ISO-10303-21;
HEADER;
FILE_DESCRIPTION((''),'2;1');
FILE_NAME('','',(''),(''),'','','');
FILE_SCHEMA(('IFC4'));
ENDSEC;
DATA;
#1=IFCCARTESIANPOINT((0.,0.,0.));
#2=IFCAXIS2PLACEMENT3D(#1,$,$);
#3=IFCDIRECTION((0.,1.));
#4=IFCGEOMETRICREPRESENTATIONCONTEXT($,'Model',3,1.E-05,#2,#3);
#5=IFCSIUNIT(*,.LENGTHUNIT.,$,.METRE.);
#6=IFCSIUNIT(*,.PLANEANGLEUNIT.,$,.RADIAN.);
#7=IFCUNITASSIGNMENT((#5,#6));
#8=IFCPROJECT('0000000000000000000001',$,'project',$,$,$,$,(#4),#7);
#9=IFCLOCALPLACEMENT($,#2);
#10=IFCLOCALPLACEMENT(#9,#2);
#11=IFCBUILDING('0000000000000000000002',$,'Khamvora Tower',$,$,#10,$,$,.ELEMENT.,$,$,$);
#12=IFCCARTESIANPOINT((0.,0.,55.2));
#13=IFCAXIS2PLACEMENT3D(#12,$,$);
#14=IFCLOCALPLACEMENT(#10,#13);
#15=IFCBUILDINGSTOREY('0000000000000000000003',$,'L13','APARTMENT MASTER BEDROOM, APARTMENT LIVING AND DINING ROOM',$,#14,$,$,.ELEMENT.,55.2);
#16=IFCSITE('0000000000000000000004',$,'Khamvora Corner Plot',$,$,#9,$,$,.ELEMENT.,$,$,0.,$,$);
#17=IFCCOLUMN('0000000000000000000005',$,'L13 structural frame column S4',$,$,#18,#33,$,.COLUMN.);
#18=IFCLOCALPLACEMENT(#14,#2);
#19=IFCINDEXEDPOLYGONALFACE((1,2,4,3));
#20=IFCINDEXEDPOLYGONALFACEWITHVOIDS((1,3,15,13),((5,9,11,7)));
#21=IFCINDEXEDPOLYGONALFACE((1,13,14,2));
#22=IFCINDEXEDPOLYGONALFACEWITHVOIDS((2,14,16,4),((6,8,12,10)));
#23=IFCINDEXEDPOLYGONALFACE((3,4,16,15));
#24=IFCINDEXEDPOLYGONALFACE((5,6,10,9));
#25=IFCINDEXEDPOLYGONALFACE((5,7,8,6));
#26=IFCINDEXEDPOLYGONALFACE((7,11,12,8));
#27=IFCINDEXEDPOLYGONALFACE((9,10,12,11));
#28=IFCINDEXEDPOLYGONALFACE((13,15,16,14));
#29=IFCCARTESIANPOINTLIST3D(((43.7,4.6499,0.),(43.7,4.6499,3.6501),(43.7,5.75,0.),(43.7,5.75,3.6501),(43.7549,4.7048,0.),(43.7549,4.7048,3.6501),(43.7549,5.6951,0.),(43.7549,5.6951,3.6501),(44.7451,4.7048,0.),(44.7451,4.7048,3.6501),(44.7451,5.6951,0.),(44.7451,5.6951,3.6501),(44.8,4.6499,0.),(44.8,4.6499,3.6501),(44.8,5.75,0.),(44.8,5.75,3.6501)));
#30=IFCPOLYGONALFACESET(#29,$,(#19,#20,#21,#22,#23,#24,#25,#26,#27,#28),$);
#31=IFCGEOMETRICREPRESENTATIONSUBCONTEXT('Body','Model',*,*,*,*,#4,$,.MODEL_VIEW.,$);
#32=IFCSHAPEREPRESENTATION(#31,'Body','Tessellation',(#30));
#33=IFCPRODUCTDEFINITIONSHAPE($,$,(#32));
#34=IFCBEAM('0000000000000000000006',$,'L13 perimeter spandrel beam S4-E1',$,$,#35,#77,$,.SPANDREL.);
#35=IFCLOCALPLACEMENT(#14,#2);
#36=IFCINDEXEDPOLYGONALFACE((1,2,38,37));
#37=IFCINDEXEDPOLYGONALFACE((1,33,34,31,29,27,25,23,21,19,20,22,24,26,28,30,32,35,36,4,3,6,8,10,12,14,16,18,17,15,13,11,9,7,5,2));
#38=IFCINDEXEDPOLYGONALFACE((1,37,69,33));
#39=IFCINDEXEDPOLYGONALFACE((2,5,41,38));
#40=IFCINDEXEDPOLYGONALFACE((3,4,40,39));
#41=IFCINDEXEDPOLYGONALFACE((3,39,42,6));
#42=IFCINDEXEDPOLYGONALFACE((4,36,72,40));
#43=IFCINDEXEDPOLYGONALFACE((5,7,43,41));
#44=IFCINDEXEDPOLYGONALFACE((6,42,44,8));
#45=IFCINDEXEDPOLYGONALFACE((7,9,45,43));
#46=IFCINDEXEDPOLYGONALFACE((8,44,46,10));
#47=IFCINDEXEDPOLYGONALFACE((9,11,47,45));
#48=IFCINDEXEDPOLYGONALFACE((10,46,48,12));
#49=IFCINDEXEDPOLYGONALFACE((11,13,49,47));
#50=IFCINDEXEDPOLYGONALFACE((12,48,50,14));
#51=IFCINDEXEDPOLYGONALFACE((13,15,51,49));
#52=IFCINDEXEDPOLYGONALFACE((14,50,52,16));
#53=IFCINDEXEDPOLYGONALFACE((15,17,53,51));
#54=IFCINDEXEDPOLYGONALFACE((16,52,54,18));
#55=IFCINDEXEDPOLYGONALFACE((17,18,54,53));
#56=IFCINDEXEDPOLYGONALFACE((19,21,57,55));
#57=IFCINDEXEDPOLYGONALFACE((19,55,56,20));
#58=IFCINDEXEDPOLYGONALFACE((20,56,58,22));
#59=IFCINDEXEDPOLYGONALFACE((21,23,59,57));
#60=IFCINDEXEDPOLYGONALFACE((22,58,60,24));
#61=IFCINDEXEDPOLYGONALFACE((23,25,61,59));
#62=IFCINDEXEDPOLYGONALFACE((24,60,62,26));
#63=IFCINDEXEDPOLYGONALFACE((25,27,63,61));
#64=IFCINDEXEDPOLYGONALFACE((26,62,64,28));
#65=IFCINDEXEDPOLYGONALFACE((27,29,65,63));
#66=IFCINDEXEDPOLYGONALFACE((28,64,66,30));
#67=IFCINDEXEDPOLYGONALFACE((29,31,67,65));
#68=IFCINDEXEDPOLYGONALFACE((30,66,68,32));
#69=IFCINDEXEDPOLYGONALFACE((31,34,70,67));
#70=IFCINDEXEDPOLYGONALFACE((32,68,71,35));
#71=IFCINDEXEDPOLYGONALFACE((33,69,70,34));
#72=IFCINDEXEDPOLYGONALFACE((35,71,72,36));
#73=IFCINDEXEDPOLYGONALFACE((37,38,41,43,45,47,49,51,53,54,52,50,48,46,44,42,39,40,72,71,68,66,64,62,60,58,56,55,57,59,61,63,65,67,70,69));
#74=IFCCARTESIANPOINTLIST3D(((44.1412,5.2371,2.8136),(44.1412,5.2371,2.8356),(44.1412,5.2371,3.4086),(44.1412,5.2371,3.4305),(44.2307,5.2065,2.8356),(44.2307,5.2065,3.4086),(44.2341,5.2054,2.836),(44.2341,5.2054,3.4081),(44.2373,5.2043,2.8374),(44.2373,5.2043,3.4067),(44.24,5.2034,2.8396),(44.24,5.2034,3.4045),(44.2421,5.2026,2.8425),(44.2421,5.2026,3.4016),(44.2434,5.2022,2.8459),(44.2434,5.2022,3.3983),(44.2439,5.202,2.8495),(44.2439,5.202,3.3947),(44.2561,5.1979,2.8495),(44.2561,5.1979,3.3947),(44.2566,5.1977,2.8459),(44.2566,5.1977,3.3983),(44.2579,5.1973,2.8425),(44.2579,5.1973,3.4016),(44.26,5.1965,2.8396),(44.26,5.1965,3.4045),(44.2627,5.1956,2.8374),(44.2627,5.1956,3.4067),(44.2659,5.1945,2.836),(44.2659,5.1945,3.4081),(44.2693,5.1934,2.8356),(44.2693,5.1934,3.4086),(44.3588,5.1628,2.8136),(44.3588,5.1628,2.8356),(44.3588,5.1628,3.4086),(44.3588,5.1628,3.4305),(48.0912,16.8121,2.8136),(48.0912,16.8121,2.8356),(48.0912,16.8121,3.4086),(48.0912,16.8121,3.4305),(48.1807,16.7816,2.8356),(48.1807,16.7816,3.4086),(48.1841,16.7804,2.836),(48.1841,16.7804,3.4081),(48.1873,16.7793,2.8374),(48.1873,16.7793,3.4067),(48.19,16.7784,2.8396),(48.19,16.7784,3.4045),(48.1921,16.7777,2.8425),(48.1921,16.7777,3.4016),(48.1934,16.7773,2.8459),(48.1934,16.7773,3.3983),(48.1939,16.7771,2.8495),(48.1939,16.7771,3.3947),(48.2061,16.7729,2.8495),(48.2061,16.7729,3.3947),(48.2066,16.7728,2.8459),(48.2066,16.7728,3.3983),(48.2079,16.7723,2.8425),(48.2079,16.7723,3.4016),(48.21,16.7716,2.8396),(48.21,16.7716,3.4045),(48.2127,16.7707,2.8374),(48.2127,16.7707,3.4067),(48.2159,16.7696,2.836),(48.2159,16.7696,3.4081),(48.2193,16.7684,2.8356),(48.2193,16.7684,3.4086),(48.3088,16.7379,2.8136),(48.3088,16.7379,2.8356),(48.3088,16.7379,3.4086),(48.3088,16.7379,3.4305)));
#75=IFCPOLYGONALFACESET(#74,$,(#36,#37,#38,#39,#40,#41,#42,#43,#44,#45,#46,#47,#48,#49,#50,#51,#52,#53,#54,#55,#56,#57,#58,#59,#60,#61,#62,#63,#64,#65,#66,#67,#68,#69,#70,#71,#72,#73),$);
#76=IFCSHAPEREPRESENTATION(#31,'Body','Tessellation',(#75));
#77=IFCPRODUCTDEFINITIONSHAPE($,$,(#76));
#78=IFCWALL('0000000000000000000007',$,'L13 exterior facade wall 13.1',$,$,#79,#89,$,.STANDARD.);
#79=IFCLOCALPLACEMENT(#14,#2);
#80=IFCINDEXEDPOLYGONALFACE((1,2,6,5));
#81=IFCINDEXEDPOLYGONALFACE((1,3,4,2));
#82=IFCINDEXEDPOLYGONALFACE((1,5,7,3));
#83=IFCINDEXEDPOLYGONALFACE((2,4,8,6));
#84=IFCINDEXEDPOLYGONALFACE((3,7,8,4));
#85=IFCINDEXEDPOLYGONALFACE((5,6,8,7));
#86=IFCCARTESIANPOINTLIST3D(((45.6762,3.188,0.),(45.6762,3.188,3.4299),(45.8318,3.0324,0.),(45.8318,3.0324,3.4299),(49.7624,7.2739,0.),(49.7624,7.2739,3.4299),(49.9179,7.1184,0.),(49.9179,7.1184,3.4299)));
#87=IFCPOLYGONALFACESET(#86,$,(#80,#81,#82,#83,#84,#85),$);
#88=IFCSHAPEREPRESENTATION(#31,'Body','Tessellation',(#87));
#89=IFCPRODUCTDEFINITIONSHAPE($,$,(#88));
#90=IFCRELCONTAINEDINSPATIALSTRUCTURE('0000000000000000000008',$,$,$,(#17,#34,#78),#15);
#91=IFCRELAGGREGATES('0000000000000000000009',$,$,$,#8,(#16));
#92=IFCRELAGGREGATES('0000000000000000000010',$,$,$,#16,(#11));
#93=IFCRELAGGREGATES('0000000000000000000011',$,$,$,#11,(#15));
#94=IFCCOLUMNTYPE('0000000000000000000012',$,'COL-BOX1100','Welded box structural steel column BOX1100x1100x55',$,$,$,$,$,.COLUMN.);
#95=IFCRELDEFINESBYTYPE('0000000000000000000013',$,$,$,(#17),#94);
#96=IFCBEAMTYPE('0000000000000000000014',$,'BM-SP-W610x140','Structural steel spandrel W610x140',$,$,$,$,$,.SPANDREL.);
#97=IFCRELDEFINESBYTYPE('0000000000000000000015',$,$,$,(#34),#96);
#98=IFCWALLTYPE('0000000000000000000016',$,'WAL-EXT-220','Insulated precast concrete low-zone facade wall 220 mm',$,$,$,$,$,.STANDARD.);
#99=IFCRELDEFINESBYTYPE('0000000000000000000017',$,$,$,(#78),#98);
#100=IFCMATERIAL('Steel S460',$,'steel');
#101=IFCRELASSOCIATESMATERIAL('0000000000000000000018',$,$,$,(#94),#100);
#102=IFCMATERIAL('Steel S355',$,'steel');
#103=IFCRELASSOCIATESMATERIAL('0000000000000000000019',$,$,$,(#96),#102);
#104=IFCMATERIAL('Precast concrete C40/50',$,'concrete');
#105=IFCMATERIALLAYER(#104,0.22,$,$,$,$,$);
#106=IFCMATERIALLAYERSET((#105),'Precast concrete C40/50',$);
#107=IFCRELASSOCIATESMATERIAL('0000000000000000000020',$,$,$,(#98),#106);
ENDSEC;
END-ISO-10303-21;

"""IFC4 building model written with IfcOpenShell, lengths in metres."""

from ifc_helpers import new_model, si_unit, direction, frame, frame_2d, origin, origin_2d, place, context, subcontext, project, spatial, rectangle, hollow_rectangle, i_section, extrude, material, layer, layer_set, material_profile, profile_set, type_object, element, save


model = new_model("IFC4")

# Units and contexts
model_context = context("Model", 3, precision=1e-05, world=origin(), true_north=direction((0.0, 1.0)))
body_context = subcontext(model_context, "Body", "Model", "MODEL_VIEW")
ifc_project = project(units=[si_unit("LENGTHUNIT", "METRE"), si_unit("PLANEANGLEUNIT", "RADIAN")], contexts=[model_context])

# Site, building, storey
site_placement = place(None, origin())
site = spatial("IfcSite", under=ifc_project, at=site_placement, Name="Khamvora Corner Plot", CompositionType="ELEMENT", RefElevation=0.0)
building_placement = place(site_placement, origin())
building = spatial("IfcBuilding", under=site, at=building_placement, Name="Khamvora Tower", CompositionType="ELEMENT")
storey_placement = place(building_placement, frame((0.0, 0.0, 55.2)))
storey = spatial("IfcBuildingStorey", under=building, at=storey_placement, Name="L13", Description="APARTMENT MASTER BEDROOM, APARTMENT LIVING AND DINING ROOM", CompositionType="ELEMENT", Elevation=55.2)

# Column
ifc_material_1 = material(Name="Steel S460", Category="steel")
ifc_material_profile_1 = material_profile(ifc_material_1, hollow_rectangle(XDim=1.1001, YDim=1.1001, WallThickness=0.0549, at=origin_2d()), Name="BOX1100x1100x55")
ifc_profile_set_1 = profile_set([ifc_material_profile_1], Name="Steel S460")
column_type = type_object("IfcColumnType", Name="COL-BOX1100", Description="Welded box structural steel column BOX1100x1100x55", PredefinedType="COLUMN", material=ifc_profile_set_1)
column_placement = place(storey_placement, frame((44.25, 5.2, 0.0), z_axis=(0.0, 0.0, 1.0), x_axis=(1.0, 0.0, 0.0)))
element("IfcColumn", 1, at=column_placement, inside=storey, type_object=column_type, Name="L13 structural frame column S4", PredefinedType="COLUMN", context=body_context, shape_type="SweptSolid", body=[
    extrude(hollow_rectangle(XDim=1.1001, YDim=1.1001, WallThickness=0.0549, at=origin_2d()), origin(), (0.0, 0.0, 1.0), 3.6501),
])

# Beam
ifc_material_2 = material(Name="Steel S355", Category="steel")
ifc_material_profile_2 = material_profile(ifc_material_2, i_section(OverallWidth=0.23, OverallDepth=0.6169, WebThickness=0.0129, FlangeThickness=0.022, FilletRadius=0.0139, at=origin_2d()), Name="W610x140")
ifc_profile_set_2 = profile_set([ifc_material_profile_2], Name="Steel S355")
beam_type = type_object("IfcBeamType", Name="BM-SP-W610x140", Description="Structural steel spandrel W610x140", PredefinedType="SPANDREL", material=ifc_profile_set_2)
beam_placement = place(storey_placement, frame((44.25, 5.2, 3.1221), z_axis=(0.322963, 0.946412, 0.0), x_axis=(-0.946412, 0.322963, 0.0)))
element("IfcBeam", 2, at=beam_placement, inside=storey, type_object=beam_type, Name="L13 perimeter spandrel beam S4-E1", PredefinedType="SPANDREL", context=body_context, shape_type="SweptSolid", body=[
    extrude(i_section(OverallWidth=0.23, OverallDepth=0.6169, WebThickness=0.0129, FlangeThickness=0.022, FilletRadius=0.0139, at=origin_2d()), origin(), (0.0, 0.0, 1.0), 12.2305),
])

# Wall
ifc_material_3 = material(Name="Precast concrete C40/50", Category="concrete")
ifc_layer_1 = layer(ifc_material_3, 0.22)
ifc_layer_set_1 = layer_set([ifc_layer_1], Name="Precast concrete C40/50")
wall_type_1 = type_object("IfcWallType", Name="WAL-EXT-220", Description="Insulated precast concrete low-zone facade wall 220 mm", PredefinedType="STANDARD", material=ifc_layer_set_1)
wall_1_placement = place(storey_placement, frame((49.8401, 7.196, 0.0), z_axis=(0.0, 0.0, 1.0), x_axis=(-0.707128, -0.707086, 0.0)))
element("IfcWall", 3, at=wall_1_placement, inside=storey, type_object=wall_type_1, Name="L13 exterior facade wall 13.1", PredefinedType="STANDARD", context=body_context, shape_type="SweptSolid", body=[
    extrude(rectangle(XDim=5.7786, YDim=0.22, at=frame_2d((2.8892, 0.0))), origin(), (0.0, 0.0, 1.0), 3.4299),
])

save(model, "model.ifc")
